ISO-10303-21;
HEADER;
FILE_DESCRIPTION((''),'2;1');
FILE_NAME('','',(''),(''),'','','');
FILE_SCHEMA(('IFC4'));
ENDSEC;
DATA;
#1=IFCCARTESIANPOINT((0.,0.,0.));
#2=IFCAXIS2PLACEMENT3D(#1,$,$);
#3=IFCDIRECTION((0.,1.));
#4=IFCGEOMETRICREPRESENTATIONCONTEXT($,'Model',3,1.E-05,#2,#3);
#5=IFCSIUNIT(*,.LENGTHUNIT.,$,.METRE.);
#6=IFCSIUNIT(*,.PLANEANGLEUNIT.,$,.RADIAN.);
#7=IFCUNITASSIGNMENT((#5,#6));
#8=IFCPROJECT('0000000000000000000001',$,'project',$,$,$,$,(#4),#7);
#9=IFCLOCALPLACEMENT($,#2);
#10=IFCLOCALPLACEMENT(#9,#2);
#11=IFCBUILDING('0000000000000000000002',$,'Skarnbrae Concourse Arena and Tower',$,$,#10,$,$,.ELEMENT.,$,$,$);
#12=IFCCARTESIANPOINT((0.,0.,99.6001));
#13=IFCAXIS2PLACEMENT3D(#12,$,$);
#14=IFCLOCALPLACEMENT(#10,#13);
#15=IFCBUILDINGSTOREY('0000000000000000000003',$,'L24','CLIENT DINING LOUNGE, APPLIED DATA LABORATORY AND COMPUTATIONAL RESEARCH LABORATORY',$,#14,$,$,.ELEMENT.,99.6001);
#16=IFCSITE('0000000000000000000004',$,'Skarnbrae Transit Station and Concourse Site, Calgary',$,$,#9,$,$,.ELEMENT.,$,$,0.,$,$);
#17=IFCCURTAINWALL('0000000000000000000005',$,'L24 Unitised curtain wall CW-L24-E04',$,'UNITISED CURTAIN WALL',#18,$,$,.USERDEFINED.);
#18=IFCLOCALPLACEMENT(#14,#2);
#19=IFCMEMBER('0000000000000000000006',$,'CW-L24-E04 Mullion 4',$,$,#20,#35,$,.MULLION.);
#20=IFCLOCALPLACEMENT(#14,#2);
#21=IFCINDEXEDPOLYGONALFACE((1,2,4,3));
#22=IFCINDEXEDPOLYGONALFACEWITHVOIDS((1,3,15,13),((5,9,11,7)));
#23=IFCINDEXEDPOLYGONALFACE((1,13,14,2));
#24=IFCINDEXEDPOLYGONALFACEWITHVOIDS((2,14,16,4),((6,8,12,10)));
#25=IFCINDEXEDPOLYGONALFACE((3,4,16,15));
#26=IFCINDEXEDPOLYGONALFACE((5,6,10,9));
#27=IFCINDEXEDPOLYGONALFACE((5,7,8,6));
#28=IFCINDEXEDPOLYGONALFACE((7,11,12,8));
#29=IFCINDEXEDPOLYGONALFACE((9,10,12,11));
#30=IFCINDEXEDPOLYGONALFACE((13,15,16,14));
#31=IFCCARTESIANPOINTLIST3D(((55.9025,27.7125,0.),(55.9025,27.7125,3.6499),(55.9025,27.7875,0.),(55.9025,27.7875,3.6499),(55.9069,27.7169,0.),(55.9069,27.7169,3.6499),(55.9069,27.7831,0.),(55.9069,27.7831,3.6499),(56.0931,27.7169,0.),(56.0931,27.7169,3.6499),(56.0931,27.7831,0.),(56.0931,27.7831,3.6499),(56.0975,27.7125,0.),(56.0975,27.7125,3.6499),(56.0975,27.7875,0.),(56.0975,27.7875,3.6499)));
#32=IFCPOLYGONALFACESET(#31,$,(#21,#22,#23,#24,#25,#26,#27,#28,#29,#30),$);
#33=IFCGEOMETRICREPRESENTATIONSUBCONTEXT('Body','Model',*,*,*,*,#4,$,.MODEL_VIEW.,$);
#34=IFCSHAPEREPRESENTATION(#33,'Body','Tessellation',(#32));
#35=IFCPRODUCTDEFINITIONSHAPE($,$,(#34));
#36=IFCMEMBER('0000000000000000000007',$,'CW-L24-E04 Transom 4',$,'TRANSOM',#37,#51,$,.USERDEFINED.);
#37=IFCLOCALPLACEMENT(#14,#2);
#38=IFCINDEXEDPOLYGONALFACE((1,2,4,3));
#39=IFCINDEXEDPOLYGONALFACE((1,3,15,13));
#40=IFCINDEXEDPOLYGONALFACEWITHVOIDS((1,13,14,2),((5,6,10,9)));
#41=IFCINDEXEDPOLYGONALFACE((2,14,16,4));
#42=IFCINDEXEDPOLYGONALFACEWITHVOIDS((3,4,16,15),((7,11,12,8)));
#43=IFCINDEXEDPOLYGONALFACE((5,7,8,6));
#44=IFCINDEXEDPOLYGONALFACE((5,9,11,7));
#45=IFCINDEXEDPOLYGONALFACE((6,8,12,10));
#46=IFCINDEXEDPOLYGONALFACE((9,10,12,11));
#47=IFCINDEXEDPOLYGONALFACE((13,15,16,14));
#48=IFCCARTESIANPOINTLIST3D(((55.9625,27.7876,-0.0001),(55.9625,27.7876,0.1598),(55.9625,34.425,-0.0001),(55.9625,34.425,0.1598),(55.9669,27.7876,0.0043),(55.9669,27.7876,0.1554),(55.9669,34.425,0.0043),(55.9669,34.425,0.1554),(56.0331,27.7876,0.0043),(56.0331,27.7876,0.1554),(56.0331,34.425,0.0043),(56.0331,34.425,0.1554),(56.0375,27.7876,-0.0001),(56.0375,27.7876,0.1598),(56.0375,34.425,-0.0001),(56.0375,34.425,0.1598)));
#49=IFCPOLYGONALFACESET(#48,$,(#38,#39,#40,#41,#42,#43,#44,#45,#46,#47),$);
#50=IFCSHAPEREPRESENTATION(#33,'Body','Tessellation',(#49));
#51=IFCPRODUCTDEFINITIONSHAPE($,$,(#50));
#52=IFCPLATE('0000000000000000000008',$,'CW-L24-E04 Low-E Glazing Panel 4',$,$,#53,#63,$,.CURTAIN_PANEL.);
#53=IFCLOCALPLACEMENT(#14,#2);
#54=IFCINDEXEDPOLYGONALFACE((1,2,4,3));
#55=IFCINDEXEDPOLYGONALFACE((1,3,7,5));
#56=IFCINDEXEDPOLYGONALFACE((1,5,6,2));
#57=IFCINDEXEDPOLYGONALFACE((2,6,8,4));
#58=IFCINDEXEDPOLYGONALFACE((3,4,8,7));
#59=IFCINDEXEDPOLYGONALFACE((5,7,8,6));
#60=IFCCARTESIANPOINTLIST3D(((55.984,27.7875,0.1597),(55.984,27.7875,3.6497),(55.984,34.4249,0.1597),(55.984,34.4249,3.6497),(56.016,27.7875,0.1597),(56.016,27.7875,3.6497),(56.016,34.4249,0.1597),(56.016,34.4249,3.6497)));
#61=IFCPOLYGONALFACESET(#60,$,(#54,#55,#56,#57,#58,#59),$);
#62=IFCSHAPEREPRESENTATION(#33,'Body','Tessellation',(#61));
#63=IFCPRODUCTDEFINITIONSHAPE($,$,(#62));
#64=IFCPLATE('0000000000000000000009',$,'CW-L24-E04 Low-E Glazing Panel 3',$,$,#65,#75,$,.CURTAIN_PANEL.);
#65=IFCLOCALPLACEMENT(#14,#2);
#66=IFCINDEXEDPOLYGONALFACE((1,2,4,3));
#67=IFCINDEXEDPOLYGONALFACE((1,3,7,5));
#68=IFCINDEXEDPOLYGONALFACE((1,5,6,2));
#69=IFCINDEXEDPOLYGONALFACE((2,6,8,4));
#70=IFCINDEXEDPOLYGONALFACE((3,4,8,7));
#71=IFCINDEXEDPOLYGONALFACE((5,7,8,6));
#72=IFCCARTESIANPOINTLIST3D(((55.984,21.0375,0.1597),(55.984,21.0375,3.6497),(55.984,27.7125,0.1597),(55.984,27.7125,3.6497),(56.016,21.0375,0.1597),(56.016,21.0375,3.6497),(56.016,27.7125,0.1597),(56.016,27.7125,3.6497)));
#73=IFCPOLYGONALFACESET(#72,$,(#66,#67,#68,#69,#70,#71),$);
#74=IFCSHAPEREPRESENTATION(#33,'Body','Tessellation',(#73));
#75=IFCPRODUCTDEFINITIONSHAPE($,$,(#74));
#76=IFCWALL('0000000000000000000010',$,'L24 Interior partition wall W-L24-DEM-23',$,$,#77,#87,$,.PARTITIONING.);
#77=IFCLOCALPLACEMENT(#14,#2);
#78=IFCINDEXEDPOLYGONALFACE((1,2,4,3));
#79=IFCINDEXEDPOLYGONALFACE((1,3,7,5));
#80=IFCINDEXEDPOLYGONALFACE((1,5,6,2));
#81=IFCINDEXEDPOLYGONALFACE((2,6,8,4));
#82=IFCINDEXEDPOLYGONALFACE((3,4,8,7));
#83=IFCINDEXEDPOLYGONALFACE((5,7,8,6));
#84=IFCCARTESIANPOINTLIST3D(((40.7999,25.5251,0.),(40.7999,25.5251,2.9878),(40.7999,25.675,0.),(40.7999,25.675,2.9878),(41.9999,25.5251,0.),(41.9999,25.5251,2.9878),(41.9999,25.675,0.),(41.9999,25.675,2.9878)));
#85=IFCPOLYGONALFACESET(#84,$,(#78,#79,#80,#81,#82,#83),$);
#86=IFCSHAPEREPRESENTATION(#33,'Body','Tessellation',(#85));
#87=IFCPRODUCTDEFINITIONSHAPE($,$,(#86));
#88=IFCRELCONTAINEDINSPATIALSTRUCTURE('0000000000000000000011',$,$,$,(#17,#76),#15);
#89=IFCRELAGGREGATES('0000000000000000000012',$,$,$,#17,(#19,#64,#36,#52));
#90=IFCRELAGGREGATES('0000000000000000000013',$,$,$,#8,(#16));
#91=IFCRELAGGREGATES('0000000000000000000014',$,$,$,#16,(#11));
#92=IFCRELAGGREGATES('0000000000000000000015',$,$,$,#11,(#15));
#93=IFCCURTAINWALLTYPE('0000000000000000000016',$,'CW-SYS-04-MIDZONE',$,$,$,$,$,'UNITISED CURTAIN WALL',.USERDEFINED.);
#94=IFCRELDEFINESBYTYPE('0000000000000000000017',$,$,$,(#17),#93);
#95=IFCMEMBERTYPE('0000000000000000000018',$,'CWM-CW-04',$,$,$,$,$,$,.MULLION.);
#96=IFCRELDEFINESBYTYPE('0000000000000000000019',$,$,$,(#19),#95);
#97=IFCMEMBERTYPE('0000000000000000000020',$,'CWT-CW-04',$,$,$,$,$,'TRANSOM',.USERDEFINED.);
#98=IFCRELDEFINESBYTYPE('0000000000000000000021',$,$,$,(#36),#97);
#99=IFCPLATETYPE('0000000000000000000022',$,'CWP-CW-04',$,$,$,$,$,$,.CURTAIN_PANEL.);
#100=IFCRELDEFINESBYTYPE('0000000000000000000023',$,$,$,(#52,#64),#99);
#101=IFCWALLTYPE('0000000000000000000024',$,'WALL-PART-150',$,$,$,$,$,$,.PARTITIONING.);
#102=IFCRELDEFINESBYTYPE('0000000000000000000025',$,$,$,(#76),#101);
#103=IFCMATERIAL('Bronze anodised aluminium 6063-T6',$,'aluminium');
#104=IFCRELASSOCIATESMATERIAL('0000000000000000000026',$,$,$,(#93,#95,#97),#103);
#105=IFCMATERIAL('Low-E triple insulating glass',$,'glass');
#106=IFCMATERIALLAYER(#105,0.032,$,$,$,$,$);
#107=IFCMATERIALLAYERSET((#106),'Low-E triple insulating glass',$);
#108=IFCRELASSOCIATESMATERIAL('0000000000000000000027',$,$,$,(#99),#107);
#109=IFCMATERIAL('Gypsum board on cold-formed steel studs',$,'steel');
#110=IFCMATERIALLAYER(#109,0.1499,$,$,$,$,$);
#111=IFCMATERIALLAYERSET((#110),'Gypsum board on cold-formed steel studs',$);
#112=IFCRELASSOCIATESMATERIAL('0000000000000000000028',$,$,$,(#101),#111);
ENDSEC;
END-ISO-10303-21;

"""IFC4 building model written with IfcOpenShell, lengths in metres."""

from ifc_helpers import new_model, si_unit, direction, frame, frame_2d, origin, origin_2d, place, context, subcontext, project, spatial, rectangle, hollow_rectangle, extrude, source, transform, mapped, material, layer, layer_set, material_profile, profile_set, type_object, element, aggregate, save


model = new_model("IFC4")

# Units and contexts
model_context = context("Model", 3, precision=1e-05, world=origin(), true_north=direction((0.0, 1.0)))
body_context = subcontext(model_context, "Body", "Model", "MODEL_VIEW")
ifc_project = project(units=[si_unit("LENGTHUNIT", "METRE"), si_unit("PLANEANGLEUNIT", "RADIAN")], contexts=[model_context])

# Site, building, storey
site_placement = place(None, origin())
site = spatial("IfcSite", under=ifc_project, at=site_placement, Name="Skarnbrae Transit Station and Concourse Site, Calgary", CompositionType="ELEMENT", RefElevation=0.0)
building_placement = place(site_placement, origin())
building = spatial("IfcBuilding", under=site, at=building_placement, Name="Skarnbrae Concourse Arena and Tower", CompositionType="ELEMENT")
storey_placement = place(building_placement, frame((0.0, 0.0, 99.6001)))
storey = spatial("IfcBuildingStorey", under=building, at=storey_placement, Name="L24", Description="CLIENT DINING LOUNGE, APPLIED DATA LABORATORY AND COMPUTATIONAL RESEARCH LABORATORY", CompositionType="ELEMENT", Elevation=99.6001)

# Curtain wall, members, plates
ifc_material_1 = material(Name="Bronze anodised aluminium 6063-T6", Category="aluminium")
curtain_wall_type = type_object("IfcCurtainWallType", Name="CW-SYS-04-MIDZONE", ElementType="UNITISED CURTAIN WALL", PredefinedType="USERDEFINED", material=ifc_material_1)
curtain_wall_placement = place(storey_placement, origin())
curtain_wall = element("IfcCurtainWall", 1, at=curtain_wall_placement, inside=storey, type_object=curtain_wall_type, Name="L24 Unitised curtain wall CW-L24-E04", ObjectType="UNITISED CURTAIN WALL", PredefinedType="USERDEFINED")
ifc_material_profile_1 = material_profile(ifc_material_1, hollow_rectangle(XDim=0.075, YDim=0.1951, WallThickness=0.0044, at=origin_2d()), Name="ALU-MULL-75X195")
ifc_profile_set_1 = profile_set([ifc_material_profile_1], Name="Bronze anodised aluminium 6063-T6")
member_type_1 = type_object("IfcMemberType", Name="CWM-CW-04", PredefinedType="MULLION", material=ifc_profile_set_1)
shared_shape_1 = source(origin(), body_context, "Body", "SweptSolid", [
    extrude(hollow_rectangle(XDim=0.075, YDim=0.1951, WallThickness=0.0044, at=origin_2d()), origin(), (0.0, 0.0, 1.0), 3.6499),
])
member_1_placement = place(storey_placement, frame((56.0, 27.75, 0.0), z_axis=(0.0, 0.0, 1.0), x_axis=(0.0, 1.0, 0.0)))
member_1 = element("IfcMember", 2, at=member_1_placement, type_object=member_type_1, Name="CW-L24-E04 Mullion 4", PredefinedType="MULLION", context=body_context, shape_type="MappedRepresentation", body=[
    mapped(shared_shape_1, transform((0.0, 0.0, 0.0))),
])
ifc_material_profile_2 = material_profile(ifc_material_1, hollow_rectangle(XDim=0.075, YDim=0.1599, WallThickness=0.0044, at=origin_2d()), Name="ALU-TRAN-75X160")
ifc_profile_set_2 = profile_set([ifc_material_profile_2], Name="Bronze anodised aluminium 6063-T6")
member_type_2 = type_object("IfcMemberType", Name="CWT-CW-04", ElementType="TRANSOM", PredefinedType="USERDEFINED", material=ifc_profile_set_2)
shared_shape_2 = source(origin(), body_context, "Body", "SweptSolid", [
    extrude(hollow_rectangle(XDim=0.075, YDim=0.1599, WallThickness=0.0044, at=origin_2d()), origin(), (0.0, 0.0, 1.0), 6.6375),
])
member_2_placement = place(storey_placement, frame((56.0, 27.7876, 0.0798), z_axis=(0.0, 1.0, 0.0), x_axis=(-1.0, 0.0, 0.0)))
member_2 = element("IfcMember", 3, at=member_2_placement, type_object=member_type_2, Name="CW-L24-E04 Transom 4", ObjectType="TRANSOM", PredefinedType="USERDEFINED", context=body_context, shape_type="MappedRepresentation", body=[
    mapped(shared_shape_2, transform((0.0, 0.0, 0.0))),
])
ifc_material_2 = material(Name="Low-E triple insulating glass", Category="glass")
ifc_layer_1 = layer(ifc_material_2, 0.032)
ifc_layer_set_1 = layer_set([ifc_layer_1], Name="Low-E triple insulating glass")
plate_type = type_object("IfcPlateType", Name="CWP-CW-04", PredefinedType="CURTAIN_PANEL", material=ifc_layer_set_1)
shared_shape_3 = source(origin(), body_context, "Body", "SweptSolid", [
    extrude(rectangle(XDim=6.6375, YDim=0.032, at=origin_2d()), origin(), (0.0, 0.0, 1.0), 3.49),
])
plate_1_placement = place(storey_placement, frame((56.0, 31.1062, 0.1597), z_axis=(0.0, 0.0, 1.0), x_axis=(0.0, 1.0, 0.0)))
plate_1 = element("IfcPlate", 4, at=plate_1_placement, type_object=plate_type, Name="CW-L24-E04 Low-E Glazing Panel 4", PredefinedType="CURTAIN_PANEL", context=body_context, shape_type="MappedRepresentation", body=[
    mapped(shared_shape_3, transform((0.0, 0.0, 0.0))),
])
shared_shape_4 = source(origin(), body_context, "Body", "SweptSolid", [
    extrude(rectangle(XDim=6.675, YDim=0.032, at=origin_2d()), origin(), (0.0, 0.0, 1.0), 3.49),
])
plate_2_placement = place(storey_placement, frame((56.0, 24.375, 0.1597), z_axis=(0.0, 0.0, 1.0), x_axis=(0.0, 1.0, 0.0)))
plate_2 = element("IfcPlate", 5, at=plate_2_placement, type_object=plate_type, Name="CW-L24-E04 Low-E Glazing Panel 3", PredefinedType="CURTAIN_PANEL", context=body_context, shape_type="MappedRepresentation", body=[
    mapped(shared_shape_4, transform((0.0, 0.0, 0.0))),
])
aggregate(curtain_wall, [member_1, plate_2, member_2, plate_1])

# Wall
ifc_material_3 = material(Name="Gypsum board on cold-formed steel studs", Category="steel")
ifc_layer_2 = layer(ifc_material_3, 0.1499)
ifc_layer_set_2 = layer_set([ifc_layer_2], Name="Gypsum board on cold-formed steel studs")
wall_type = type_object("IfcWallType", Name="WALL-PART-150", PredefinedType="PARTITIONING", material=ifc_layer_set_2)
shared_shape_5 = source(origin(), body_context, "Body", "SweptSolid", [
    extrude(rectangle(XDim=1.2, YDim=0.1499, at=frame_2d((0.6001, 0.0))), origin(), (0.0, 0.0, 1.0), 2.9878),
])
wall_placement = place(storey_placement, frame((42.0, 25.6001, 0.0), z_axis=(0.0, 0.0, 1.0), x_axis=(-1.0, 0.0, 0.0)))
element("IfcWall", 6, at=wall_placement, inside=storey, type_object=wall_type, Name="L24 Interior partition wall W-L24-DEM-23", PredefinedType="PARTITIONING", context=body_context, shape_type="MappedRepresentation", body=[
    mapped(shared_shape_5, transform((0.0, 0.0, 0.0))),
])

save(model, "model.ifc")
